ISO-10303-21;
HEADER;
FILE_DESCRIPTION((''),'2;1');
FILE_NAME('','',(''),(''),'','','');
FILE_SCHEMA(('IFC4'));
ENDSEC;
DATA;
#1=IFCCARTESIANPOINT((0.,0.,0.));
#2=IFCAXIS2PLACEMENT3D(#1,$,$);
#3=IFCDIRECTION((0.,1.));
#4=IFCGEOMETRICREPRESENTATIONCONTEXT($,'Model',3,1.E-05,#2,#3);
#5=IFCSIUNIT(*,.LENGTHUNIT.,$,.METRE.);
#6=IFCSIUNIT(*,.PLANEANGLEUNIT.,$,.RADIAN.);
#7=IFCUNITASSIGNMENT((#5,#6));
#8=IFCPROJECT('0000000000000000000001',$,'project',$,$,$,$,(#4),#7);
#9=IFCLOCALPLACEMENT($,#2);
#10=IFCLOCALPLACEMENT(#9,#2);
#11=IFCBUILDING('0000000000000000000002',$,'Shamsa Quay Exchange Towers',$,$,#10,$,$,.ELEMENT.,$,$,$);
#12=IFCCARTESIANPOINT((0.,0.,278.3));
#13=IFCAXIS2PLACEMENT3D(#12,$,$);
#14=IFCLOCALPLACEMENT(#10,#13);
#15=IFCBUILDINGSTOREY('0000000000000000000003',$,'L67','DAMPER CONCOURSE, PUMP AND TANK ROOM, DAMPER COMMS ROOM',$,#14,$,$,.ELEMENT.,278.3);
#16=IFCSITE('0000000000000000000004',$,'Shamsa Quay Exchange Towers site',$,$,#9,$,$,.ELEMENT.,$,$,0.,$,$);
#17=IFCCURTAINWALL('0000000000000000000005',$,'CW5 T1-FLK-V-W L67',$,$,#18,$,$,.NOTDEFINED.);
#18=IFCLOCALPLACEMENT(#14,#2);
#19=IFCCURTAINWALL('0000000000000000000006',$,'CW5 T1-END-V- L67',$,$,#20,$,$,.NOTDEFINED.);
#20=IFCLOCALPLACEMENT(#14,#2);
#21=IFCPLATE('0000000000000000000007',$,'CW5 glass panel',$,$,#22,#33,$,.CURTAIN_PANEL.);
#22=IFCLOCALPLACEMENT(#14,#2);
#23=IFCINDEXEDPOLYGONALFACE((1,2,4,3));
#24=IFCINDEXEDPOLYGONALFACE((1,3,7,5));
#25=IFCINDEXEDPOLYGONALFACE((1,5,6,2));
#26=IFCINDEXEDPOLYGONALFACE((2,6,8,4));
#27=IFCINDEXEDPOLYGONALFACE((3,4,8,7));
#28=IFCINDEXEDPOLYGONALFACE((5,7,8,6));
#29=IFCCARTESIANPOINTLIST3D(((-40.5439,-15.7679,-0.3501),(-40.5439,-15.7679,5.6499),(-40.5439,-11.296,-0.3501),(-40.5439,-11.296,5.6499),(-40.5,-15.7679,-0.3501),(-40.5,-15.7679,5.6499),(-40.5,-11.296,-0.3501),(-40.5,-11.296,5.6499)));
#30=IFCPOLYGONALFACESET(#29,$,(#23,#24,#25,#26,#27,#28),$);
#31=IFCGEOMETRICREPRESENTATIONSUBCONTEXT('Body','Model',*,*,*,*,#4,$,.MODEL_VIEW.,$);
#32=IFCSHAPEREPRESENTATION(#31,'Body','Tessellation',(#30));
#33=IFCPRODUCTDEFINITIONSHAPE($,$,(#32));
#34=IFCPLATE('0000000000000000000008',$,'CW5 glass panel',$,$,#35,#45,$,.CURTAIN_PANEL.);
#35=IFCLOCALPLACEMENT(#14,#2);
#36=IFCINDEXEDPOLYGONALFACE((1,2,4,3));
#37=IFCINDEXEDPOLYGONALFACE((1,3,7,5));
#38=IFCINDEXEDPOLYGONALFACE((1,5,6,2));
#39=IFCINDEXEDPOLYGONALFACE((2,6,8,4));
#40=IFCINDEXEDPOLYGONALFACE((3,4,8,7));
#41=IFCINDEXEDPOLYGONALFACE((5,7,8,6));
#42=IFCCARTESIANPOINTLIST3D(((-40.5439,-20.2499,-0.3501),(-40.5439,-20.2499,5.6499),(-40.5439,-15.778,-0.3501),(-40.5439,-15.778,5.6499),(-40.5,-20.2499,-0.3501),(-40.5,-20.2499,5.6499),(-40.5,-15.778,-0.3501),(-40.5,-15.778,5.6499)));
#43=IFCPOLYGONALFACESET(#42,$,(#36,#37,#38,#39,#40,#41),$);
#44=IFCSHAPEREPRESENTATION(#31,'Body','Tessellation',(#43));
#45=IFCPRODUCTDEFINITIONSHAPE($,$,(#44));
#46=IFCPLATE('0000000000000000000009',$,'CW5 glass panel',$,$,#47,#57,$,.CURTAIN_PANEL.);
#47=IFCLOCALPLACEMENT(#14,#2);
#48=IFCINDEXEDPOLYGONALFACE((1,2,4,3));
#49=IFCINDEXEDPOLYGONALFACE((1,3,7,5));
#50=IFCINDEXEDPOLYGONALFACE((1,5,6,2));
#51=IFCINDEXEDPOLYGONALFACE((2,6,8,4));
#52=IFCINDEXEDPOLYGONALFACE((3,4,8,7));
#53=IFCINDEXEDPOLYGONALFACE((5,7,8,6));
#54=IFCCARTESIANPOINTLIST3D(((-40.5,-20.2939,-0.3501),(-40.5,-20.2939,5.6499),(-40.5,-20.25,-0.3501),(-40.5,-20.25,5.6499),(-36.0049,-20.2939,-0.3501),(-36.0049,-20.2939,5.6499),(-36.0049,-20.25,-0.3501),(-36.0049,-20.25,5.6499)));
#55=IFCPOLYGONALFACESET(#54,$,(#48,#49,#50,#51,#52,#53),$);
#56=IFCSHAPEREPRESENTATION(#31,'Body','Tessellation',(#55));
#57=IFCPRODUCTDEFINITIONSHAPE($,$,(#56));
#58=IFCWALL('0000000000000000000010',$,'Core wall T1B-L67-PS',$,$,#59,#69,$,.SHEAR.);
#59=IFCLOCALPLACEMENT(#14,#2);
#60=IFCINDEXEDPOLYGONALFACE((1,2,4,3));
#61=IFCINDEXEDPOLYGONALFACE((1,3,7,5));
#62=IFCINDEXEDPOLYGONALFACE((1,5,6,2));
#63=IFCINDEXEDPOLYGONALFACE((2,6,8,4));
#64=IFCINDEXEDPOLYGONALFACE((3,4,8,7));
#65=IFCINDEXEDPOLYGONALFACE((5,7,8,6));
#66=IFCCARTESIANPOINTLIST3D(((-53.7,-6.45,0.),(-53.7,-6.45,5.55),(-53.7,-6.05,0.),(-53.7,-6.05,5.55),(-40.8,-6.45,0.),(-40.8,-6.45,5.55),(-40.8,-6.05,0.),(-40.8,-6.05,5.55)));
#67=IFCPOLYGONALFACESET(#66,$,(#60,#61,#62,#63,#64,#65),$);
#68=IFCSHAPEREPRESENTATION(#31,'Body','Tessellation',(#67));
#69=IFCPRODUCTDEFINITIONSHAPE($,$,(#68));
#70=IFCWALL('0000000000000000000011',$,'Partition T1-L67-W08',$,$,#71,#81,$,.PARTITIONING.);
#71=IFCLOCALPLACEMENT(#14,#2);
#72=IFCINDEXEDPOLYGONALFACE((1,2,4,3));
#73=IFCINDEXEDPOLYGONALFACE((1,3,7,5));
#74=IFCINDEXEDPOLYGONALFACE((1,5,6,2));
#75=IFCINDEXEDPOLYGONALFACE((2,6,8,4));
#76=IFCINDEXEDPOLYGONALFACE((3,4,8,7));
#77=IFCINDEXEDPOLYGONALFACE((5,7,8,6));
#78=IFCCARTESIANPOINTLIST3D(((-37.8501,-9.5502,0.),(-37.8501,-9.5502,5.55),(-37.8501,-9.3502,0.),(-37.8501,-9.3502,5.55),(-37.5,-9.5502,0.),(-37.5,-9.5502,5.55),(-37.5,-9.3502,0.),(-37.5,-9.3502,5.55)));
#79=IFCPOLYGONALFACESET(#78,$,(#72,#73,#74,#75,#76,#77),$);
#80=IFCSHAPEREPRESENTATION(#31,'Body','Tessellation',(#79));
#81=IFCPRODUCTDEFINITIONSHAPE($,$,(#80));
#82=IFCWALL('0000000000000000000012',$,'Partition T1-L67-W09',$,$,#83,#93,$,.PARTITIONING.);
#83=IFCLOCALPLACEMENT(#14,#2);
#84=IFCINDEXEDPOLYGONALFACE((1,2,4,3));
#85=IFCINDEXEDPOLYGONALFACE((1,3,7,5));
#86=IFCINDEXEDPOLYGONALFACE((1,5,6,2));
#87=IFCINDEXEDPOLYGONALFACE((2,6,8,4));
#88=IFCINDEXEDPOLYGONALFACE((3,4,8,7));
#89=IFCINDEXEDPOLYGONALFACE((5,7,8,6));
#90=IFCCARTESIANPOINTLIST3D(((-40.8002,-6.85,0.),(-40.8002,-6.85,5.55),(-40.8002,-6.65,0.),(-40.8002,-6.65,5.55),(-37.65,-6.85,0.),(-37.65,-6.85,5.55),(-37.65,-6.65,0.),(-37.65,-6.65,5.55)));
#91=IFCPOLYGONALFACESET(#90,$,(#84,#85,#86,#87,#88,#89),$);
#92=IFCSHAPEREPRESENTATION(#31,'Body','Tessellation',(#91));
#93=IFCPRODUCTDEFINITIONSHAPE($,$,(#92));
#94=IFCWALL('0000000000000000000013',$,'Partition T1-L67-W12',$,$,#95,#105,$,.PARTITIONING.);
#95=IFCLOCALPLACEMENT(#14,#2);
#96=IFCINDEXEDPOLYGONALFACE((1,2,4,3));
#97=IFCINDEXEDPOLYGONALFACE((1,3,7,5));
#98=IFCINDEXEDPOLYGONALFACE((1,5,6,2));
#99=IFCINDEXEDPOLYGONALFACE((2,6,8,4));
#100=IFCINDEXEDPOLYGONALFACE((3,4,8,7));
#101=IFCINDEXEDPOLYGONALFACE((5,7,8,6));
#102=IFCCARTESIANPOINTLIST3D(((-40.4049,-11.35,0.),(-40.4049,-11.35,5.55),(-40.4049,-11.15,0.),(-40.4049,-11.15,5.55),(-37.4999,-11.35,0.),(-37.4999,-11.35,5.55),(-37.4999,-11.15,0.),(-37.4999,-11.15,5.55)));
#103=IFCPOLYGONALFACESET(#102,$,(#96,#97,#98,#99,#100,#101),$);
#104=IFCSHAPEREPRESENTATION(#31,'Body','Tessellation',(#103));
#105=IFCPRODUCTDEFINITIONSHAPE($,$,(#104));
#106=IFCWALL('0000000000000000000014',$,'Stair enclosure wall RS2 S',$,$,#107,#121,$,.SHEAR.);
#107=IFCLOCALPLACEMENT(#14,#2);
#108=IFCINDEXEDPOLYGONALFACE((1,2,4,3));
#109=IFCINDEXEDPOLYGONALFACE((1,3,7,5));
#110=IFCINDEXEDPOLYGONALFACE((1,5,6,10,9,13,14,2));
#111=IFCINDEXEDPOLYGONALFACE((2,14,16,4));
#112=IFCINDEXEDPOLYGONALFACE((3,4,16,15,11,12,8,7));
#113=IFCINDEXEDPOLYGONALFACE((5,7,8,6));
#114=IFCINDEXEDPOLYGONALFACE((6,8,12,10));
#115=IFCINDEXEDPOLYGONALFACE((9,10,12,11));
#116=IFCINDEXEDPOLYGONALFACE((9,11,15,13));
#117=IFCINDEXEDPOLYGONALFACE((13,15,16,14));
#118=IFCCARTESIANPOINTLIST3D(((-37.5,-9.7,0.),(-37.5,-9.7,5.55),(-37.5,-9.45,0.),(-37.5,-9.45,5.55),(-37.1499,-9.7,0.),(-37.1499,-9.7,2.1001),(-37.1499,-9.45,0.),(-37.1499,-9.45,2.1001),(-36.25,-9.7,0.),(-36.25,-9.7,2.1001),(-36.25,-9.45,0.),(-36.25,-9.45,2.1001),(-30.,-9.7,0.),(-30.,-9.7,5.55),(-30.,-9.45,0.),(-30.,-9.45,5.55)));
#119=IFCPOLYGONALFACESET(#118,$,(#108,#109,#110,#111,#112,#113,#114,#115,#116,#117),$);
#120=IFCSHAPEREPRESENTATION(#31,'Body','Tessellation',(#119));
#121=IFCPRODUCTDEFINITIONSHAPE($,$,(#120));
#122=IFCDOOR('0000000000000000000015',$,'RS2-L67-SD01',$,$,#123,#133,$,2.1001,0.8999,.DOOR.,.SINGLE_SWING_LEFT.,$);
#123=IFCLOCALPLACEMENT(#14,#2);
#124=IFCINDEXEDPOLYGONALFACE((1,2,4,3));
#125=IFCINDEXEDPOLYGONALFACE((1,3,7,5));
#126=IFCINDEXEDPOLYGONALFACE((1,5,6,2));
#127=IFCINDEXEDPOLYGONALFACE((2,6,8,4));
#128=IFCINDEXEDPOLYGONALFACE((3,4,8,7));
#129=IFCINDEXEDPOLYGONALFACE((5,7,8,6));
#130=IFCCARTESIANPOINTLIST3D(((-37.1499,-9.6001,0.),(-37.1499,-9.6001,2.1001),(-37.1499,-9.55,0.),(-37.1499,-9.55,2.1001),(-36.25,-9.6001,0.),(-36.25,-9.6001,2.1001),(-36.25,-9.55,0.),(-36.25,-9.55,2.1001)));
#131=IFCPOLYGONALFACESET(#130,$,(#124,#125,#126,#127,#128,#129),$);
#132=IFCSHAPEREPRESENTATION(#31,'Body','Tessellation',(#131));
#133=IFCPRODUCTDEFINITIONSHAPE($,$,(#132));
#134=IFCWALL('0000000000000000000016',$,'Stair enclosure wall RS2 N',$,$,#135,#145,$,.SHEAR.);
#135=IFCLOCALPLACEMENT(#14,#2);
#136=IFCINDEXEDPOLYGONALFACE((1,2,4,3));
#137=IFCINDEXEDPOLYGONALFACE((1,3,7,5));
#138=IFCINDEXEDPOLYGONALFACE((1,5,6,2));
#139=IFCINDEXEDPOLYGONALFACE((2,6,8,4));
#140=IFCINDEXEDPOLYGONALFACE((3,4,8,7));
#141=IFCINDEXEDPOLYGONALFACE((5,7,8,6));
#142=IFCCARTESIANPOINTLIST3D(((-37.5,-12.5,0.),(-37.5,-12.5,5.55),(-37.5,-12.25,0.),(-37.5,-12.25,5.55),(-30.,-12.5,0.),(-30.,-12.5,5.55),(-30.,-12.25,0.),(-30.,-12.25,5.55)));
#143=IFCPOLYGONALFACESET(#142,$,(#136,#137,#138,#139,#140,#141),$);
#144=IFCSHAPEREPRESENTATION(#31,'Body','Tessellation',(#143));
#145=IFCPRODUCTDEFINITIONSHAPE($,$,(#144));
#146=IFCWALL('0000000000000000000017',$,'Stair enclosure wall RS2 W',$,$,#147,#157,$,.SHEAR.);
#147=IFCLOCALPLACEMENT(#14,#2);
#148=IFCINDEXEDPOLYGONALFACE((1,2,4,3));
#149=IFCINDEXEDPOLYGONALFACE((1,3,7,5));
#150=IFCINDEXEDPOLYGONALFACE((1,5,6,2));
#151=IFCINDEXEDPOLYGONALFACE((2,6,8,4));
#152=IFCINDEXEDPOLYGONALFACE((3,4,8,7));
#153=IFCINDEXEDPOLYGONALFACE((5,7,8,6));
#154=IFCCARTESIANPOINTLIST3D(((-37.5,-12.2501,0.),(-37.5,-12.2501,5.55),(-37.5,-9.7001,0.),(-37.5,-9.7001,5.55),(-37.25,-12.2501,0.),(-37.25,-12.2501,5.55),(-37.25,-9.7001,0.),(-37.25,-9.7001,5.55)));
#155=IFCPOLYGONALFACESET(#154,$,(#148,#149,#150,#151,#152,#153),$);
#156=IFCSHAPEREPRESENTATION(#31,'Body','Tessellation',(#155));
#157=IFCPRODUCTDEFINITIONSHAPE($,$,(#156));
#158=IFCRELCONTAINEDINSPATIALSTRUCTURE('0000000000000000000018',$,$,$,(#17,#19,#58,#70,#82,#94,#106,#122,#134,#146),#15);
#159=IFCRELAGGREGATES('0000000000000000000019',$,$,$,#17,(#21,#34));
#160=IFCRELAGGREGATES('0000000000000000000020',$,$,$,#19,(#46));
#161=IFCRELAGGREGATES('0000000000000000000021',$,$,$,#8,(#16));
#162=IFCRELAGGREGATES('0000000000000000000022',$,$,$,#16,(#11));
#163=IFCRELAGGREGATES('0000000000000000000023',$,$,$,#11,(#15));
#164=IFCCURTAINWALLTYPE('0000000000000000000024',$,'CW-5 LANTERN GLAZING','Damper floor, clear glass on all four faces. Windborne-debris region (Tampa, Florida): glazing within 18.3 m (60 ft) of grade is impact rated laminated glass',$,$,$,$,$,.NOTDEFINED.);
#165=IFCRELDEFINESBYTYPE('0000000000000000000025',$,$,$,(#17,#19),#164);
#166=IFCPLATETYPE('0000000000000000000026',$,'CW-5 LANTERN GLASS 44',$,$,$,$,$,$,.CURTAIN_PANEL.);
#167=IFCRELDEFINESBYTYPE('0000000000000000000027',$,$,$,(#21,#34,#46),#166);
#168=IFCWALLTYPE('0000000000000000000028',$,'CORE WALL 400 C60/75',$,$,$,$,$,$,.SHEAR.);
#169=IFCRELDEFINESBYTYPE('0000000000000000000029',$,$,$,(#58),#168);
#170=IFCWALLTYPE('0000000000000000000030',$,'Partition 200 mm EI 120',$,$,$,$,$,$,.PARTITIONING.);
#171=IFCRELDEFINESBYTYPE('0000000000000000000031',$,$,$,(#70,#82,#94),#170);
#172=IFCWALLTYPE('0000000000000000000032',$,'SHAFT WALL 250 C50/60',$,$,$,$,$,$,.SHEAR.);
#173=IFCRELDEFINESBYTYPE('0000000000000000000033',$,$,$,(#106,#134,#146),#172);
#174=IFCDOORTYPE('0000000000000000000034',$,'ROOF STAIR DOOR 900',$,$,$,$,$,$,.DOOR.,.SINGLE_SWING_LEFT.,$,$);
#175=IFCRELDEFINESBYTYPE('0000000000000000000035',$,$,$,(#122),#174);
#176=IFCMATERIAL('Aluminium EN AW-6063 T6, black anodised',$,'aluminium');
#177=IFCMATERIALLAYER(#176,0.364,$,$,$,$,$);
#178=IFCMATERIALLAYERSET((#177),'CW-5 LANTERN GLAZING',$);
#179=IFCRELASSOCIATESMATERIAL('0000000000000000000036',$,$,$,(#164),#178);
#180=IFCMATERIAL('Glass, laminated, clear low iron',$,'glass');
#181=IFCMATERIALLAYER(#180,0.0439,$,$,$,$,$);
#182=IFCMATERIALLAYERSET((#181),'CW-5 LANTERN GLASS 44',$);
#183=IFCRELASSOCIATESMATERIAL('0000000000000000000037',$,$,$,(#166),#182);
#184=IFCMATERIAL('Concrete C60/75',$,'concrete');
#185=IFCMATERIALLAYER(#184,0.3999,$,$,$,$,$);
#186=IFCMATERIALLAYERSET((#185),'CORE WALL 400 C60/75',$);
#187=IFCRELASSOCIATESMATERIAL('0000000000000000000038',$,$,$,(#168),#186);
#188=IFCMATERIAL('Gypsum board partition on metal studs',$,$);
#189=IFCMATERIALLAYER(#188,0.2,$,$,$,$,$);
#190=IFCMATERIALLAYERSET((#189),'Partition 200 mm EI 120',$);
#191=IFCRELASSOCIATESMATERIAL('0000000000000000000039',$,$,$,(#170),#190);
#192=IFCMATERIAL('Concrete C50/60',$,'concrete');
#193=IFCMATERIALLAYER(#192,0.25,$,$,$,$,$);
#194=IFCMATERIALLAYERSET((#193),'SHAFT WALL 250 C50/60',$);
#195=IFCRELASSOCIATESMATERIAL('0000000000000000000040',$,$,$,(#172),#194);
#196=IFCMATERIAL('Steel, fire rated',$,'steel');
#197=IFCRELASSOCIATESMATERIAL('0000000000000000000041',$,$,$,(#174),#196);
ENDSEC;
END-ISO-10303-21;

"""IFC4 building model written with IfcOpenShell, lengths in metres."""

from ifc_helpers import new_model, si_unit, direction, frame, frame_2d, origin, origin_2d, place, context, subcontext, project, spatial, rectangle, extrude, material, layer, layer_set, type_object, element, fill, aggregate, save


model = new_model("IFC4")

# Units and contexts
model_context = context("Model", 3, precision=1e-05, world=origin(), true_north=direction((0.0, 1.0)))
body_context = subcontext(model_context, "Body", "Model", "MODEL_VIEW")
ifc_project = project(units=[si_unit("LENGTHUNIT", "METRE"), si_unit("PLANEANGLEUNIT", "RADIAN")], contexts=[model_context])

# Site, building, storey
site_placement = place(None, origin())
site = spatial("IfcSite", under=ifc_project, at=site_placement, Name="Shamsa Quay Exchange Towers site", CompositionType="ELEMENT", RefElevation=0.0)
building_placement = place(site_placement, origin())
building = spatial("IfcBuilding", under=site, at=building_placement, Name="Shamsa Quay Exchange Towers", CompositionType="ELEMENT")
storey_placement = place(building_placement, frame((0.0, 0.0, 278.3)))
storey = spatial("IfcBuildingStorey", under=building, at=storey_placement, Name="L67", Description="DAMPER CONCOURSE, PUMP AND TANK ROOM, DAMPER COMMS ROOM", CompositionType="ELEMENT", Elevation=278.3)

# Curtain walls
ifc_material_1 = material(Name="Aluminium EN AW-6063 T6, black anodised", Category="aluminium")
ifc_layer_1 = layer(ifc_material_1, 0.364)
ifc_layer_set_1 = layer_set([ifc_layer_1], Name="CW-5 LANTERN GLAZING")
curtain_wall_type = type_object("IfcCurtainWallType", Name="CW-5 LANTERN GLAZING", Description="Damper floor, clear glass on all four faces. Windborne-debris region (Tampa, Florida): glazing within 18.3 m (60 ft) of grade is impact rated laminated glass", PredefinedType="NOTDEFINED", material=ifc_layer_set_1)
curtain_wall_1_placement = place(storey_placement, origin())
curtain_wall_1 = element("IfcCurtainWall", 1, at=curtain_wall_1_placement, inside=storey, type_object=curtain_wall_type, Name="CW5 T1-FLK-V-W L67", PredefinedType="NOTDEFINED")
curtain_wall_2_placement = place(storey_placement, origin())
curtain_wall_2 = element("IfcCurtainWall", 2, at=curtain_wall_2_placement, inside=storey, type_object=curtain_wall_type, Name="CW5 T1-END-V- L67", PredefinedType="NOTDEFINED")

# Plates
ifc_material_2 = material(Name="Glass, laminated, clear low iron", Category="glass")
ifc_layer_2 = layer(ifc_material_2, 0.0439)
ifc_layer_set_2 = layer_set([ifc_layer_2], Name="CW-5 LANTERN GLASS 44")
plate_type = type_object("IfcPlateType", Name="CW-5 LANTERN GLASS 44", PredefinedType="CURTAIN_PANEL", material=ifc_layer_set_2)
plate_1_placement = place(storey_placement, frame((-40.522, -13.532, -0.3501), z_axis=(0.0, 0.0, 1.0), x_axis=(0.0, -1.0, 0.0)))
plate_1 = element("IfcPlate", 3, at=plate_1_placement, type_object=plate_type, Name="CW5 glass panel", PredefinedType="CURTAIN_PANEL", context=body_context, shape_type="SweptSolid", body=[
    extrude(rectangle(XDim=4.4719, YDim=0.0439, at=origin_2d()), origin(), (0.0, 0.0, 1.0), 6.0),
])
plate_2_placement = place(storey_placement, frame((-40.522, -18.0139, -0.3501), z_axis=(0.0, 0.0, 1.0), x_axis=(0.0, -1.0, 0.0)))
plate_2 = element("IfcPlate", 4, at=plate_2_placement, type_object=plate_type, Name="CW5 glass panel", PredefinedType="CURTAIN_PANEL", context=body_context, shape_type="SweptSolid", body=[
    extrude(rectangle(XDim=4.4719, YDim=0.0439, at=origin_2d()), origin(), (0.0, 0.0, 1.0), 6.0),
])
aggregate(curtain_wall_1, [plate_1, plate_2])
plate_3_placement = place(storey_placement, frame((-38.2524, -20.272, -0.3501)))
plate_3 = element("IfcPlate", 5, at=plate_3_placement, type_object=plate_type, Name="CW5 glass panel", PredefinedType="CURTAIN_PANEL", context=body_context, shape_type="SweptSolid", body=[
    extrude(rectangle(XDim=4.4951, YDim=0.0439, at=origin_2d()), origin(), (0.0, 0.0, 1.0), 6.0),
])
aggregate(curtain_wall_2, [plate_3])

# Wall
ifc_material_3 = material(Name="Concrete C60/75", Category="concrete")
ifc_layer_3 = layer(ifc_material_3, 0.3999)
ifc_layer_set_3 = layer_set([ifc_layer_3], Name="CORE WALL 400 C60/75")
wall_type_1 = type_object("IfcWallType", Name="CORE WALL 400 C60/75", PredefinedType="SHEAR", material=ifc_layer_set_3)
wall_1_placement = place(storey_placement, frame((-40.8, -6.25, 0.0), z_axis=(0.0, 0.0, 1.0), x_axis=(-1.0, 0.0, 0.0)))
element("IfcWall", 6, at=wall_1_placement, inside=storey, type_object=wall_type_1, Name="Core wall T1B-L67-PS", PredefinedType="SHEAR", context=body_context, shape_type="SweptSolid", body=[
    extrude(rectangle(XDim=12.8999, YDim=0.3999, at=frame_2d((6.45, 0.0))), origin(), (0.0, 0.0, 1.0), 5.55),
])

# Shared definitions
ifc_material_4 = material(Name="Steel, fire rated", Category="steel")
ifc_material_5 = material(Name="Gypsum board partition on metal studs")
ifc_layer_4 = layer(ifc_material_5, 0.2)
ifc_layer_set_4 = layer_set([ifc_layer_4], Name="Partition 200 mm EI 120")
wall_type_2 = type_object("IfcWallType", Name="Partition 200 mm EI 120", PredefinedType="PARTITIONING", material=ifc_layer_set_4)

# Walls
wall_2_placement = place(storey_placement, frame((-37.5, -9.4502, 0.0), z_axis=(0.0, 0.0, 1.0), x_axis=(-1.0, 0.0, 0.0)))
element("IfcWall", 7, at=wall_2_placement, inside=storey, type_object=wall_type_2, Name="Partition T1-L67-W08", PredefinedType="PARTITIONING", context=body_context, shape_type="SweptSolid", body=[
    extrude(rectangle(XDim=0.3501, YDim=0.2, at=frame_2d((0.175, 0.0))), origin(), (0.0, 0.0, 1.0), 5.55),
])
wall_3_placement = place(storey_placement, frame((-37.6499, -6.75, 0.0), z_axis=(0.0, 0.0, 1.0), x_axis=(-1.0, 0.0, 0.0)))
element("IfcWall", 8, at=wall_3_placement, inside=storey, type_object=wall_type_2, Name="Partition T1-L67-W09", PredefinedType="PARTITIONING", context=body_context, shape_type="SweptSolid", body=[
    extrude(rectangle(XDim=3.1501, YDim=0.2, at=frame_2d((1.5752, 0.0))), origin(), (0.0, 0.0, 1.0), 5.55),
])
wall_4_placement = place(storey_placement, frame((-40.405, -11.25, 0.0)))
element("IfcWall", 9, at=wall_4_placement, inside=storey, type_object=wall_type_2, Name="Partition T1-L67-W12", PredefinedType="PARTITIONING", context=body_context, shape_type="SweptSolid", body=[
    extrude(rectangle(XDim=2.905, YDim=0.2, at=frame_2d((1.4526, 0.0))), origin(), (0.0, 0.0, 1.0), 5.55),
])

# Wall, opening, door
ifc_material_6 = material(Name="Concrete C50/60", Category="concrete")
ifc_layer_5 = layer(ifc_material_6, 0.25)
ifc_layer_set_5 = layer_set([ifc_layer_5], Name="SHAFT WALL 250 C50/60")
wall_type_3 = type_object("IfcWallType", Name="SHAFT WALL 250 C50/60", PredefinedType="SHEAR", material=ifc_layer_set_5)
wall_5_placement = place(storey_placement, frame((-37.5, -9.575, 0.0)))
wall_5 = element("IfcWall", 10, at=wall_5_placement, inside=storey, type_object=wall_type_3, Name="Stair enclosure wall RS2 S", PredefinedType="SHEAR", context=body_context, shape_type="SweptSolid", body=[
    extrude(rectangle(XDim=7.5, YDim=0.25, at=frame_2d((3.75, 0.0))), origin(), (0.0, 0.0, 1.0), 5.55),
])
opening_1_placement = place(wall_5_placement, frame((0.3501, 0.0, 0.0)))
opening_1 = element("IfcOpeningElement", 11, at=opening_1_placement, cuts=wall_5, PredefinedType="OPENING", context=body_context, shape_type="SweptSolid", body=[
    extrude(rectangle(XDim=0.8999, YDim=2.1001, at=frame_2d((0.45, 1.05))), frame((0.0, 0.135, 0.0), z_axis=(0.0, -1.0, 0.0), x_axis=(1.0, 0.0, 0.0)), (0.0, 0.0, 1.0), 0.27),
])
door_type_1 = type_object("IfcDoorType", Name="ROOF STAIR DOOR 900", OperationType="SINGLE_SWING_LEFT", PredefinedType="DOOR", material=ifc_material_4)
door_1_placement = place(opening_1_placement, origin())
door_1 = element("IfcDoor", 12, at=door_1_placement, inside=storey, type_object=door_type_1, Name="RS2-L67-SD01", OperationType="SINGLE_SWING_LEFT", OverallHeight=2.1001, OverallWidth=0.8999, PredefinedType="DOOR", context=body_context, shape_type="SweptSolid", body=[
    extrude(rectangle(XDim=0.8999, YDim=2.1001, at=frame_2d((0.45, 1.05))), frame((0.0, 0.0249, 0.0), z_axis=(0.0, -1.0, 0.0), x_axis=(1.0, 0.0, 0.0)), (0.0, 0.0, 1.0), 0.05),
])
fill(opening_1, door_1)

# Walls
wall_6_placement = place(storey_placement, frame((-37.5, -12.375, 0.0)))
element("IfcWall", 13, at=wall_6_placement, inside=storey, type_object=wall_type_3, Name="Stair enclosure wall RS2 N", PredefinedType="SHEAR", context=body_context, shape_type="SweptSolid", body=[
    extrude(rectangle(XDim=7.5, YDim=0.25, at=frame_2d((3.75, 0.0))), origin(), (0.0, 0.0, 1.0), 5.55),
])
wall_7_placement = place(storey_placement, frame((-37.375, -12.25, 0.0), z_axis=(0.0, 0.0, 1.0), x_axis=(0.0, 1.0, 0.0)))
element("IfcWall", 14, at=wall_7_placement, inside=storey, type_object=wall_type_3, Name="Stair enclosure wall RS2 W", PredefinedType="SHEAR", context=body_context, shape_type="SweptSolid", body=[
    extrude(rectangle(XDim=2.55, YDim=0.25, at=frame_2d((1.2749, 0.0))), origin(), (0.0, 0.0, 1.0), 5.55),
])

save(model, "model.ifc")
